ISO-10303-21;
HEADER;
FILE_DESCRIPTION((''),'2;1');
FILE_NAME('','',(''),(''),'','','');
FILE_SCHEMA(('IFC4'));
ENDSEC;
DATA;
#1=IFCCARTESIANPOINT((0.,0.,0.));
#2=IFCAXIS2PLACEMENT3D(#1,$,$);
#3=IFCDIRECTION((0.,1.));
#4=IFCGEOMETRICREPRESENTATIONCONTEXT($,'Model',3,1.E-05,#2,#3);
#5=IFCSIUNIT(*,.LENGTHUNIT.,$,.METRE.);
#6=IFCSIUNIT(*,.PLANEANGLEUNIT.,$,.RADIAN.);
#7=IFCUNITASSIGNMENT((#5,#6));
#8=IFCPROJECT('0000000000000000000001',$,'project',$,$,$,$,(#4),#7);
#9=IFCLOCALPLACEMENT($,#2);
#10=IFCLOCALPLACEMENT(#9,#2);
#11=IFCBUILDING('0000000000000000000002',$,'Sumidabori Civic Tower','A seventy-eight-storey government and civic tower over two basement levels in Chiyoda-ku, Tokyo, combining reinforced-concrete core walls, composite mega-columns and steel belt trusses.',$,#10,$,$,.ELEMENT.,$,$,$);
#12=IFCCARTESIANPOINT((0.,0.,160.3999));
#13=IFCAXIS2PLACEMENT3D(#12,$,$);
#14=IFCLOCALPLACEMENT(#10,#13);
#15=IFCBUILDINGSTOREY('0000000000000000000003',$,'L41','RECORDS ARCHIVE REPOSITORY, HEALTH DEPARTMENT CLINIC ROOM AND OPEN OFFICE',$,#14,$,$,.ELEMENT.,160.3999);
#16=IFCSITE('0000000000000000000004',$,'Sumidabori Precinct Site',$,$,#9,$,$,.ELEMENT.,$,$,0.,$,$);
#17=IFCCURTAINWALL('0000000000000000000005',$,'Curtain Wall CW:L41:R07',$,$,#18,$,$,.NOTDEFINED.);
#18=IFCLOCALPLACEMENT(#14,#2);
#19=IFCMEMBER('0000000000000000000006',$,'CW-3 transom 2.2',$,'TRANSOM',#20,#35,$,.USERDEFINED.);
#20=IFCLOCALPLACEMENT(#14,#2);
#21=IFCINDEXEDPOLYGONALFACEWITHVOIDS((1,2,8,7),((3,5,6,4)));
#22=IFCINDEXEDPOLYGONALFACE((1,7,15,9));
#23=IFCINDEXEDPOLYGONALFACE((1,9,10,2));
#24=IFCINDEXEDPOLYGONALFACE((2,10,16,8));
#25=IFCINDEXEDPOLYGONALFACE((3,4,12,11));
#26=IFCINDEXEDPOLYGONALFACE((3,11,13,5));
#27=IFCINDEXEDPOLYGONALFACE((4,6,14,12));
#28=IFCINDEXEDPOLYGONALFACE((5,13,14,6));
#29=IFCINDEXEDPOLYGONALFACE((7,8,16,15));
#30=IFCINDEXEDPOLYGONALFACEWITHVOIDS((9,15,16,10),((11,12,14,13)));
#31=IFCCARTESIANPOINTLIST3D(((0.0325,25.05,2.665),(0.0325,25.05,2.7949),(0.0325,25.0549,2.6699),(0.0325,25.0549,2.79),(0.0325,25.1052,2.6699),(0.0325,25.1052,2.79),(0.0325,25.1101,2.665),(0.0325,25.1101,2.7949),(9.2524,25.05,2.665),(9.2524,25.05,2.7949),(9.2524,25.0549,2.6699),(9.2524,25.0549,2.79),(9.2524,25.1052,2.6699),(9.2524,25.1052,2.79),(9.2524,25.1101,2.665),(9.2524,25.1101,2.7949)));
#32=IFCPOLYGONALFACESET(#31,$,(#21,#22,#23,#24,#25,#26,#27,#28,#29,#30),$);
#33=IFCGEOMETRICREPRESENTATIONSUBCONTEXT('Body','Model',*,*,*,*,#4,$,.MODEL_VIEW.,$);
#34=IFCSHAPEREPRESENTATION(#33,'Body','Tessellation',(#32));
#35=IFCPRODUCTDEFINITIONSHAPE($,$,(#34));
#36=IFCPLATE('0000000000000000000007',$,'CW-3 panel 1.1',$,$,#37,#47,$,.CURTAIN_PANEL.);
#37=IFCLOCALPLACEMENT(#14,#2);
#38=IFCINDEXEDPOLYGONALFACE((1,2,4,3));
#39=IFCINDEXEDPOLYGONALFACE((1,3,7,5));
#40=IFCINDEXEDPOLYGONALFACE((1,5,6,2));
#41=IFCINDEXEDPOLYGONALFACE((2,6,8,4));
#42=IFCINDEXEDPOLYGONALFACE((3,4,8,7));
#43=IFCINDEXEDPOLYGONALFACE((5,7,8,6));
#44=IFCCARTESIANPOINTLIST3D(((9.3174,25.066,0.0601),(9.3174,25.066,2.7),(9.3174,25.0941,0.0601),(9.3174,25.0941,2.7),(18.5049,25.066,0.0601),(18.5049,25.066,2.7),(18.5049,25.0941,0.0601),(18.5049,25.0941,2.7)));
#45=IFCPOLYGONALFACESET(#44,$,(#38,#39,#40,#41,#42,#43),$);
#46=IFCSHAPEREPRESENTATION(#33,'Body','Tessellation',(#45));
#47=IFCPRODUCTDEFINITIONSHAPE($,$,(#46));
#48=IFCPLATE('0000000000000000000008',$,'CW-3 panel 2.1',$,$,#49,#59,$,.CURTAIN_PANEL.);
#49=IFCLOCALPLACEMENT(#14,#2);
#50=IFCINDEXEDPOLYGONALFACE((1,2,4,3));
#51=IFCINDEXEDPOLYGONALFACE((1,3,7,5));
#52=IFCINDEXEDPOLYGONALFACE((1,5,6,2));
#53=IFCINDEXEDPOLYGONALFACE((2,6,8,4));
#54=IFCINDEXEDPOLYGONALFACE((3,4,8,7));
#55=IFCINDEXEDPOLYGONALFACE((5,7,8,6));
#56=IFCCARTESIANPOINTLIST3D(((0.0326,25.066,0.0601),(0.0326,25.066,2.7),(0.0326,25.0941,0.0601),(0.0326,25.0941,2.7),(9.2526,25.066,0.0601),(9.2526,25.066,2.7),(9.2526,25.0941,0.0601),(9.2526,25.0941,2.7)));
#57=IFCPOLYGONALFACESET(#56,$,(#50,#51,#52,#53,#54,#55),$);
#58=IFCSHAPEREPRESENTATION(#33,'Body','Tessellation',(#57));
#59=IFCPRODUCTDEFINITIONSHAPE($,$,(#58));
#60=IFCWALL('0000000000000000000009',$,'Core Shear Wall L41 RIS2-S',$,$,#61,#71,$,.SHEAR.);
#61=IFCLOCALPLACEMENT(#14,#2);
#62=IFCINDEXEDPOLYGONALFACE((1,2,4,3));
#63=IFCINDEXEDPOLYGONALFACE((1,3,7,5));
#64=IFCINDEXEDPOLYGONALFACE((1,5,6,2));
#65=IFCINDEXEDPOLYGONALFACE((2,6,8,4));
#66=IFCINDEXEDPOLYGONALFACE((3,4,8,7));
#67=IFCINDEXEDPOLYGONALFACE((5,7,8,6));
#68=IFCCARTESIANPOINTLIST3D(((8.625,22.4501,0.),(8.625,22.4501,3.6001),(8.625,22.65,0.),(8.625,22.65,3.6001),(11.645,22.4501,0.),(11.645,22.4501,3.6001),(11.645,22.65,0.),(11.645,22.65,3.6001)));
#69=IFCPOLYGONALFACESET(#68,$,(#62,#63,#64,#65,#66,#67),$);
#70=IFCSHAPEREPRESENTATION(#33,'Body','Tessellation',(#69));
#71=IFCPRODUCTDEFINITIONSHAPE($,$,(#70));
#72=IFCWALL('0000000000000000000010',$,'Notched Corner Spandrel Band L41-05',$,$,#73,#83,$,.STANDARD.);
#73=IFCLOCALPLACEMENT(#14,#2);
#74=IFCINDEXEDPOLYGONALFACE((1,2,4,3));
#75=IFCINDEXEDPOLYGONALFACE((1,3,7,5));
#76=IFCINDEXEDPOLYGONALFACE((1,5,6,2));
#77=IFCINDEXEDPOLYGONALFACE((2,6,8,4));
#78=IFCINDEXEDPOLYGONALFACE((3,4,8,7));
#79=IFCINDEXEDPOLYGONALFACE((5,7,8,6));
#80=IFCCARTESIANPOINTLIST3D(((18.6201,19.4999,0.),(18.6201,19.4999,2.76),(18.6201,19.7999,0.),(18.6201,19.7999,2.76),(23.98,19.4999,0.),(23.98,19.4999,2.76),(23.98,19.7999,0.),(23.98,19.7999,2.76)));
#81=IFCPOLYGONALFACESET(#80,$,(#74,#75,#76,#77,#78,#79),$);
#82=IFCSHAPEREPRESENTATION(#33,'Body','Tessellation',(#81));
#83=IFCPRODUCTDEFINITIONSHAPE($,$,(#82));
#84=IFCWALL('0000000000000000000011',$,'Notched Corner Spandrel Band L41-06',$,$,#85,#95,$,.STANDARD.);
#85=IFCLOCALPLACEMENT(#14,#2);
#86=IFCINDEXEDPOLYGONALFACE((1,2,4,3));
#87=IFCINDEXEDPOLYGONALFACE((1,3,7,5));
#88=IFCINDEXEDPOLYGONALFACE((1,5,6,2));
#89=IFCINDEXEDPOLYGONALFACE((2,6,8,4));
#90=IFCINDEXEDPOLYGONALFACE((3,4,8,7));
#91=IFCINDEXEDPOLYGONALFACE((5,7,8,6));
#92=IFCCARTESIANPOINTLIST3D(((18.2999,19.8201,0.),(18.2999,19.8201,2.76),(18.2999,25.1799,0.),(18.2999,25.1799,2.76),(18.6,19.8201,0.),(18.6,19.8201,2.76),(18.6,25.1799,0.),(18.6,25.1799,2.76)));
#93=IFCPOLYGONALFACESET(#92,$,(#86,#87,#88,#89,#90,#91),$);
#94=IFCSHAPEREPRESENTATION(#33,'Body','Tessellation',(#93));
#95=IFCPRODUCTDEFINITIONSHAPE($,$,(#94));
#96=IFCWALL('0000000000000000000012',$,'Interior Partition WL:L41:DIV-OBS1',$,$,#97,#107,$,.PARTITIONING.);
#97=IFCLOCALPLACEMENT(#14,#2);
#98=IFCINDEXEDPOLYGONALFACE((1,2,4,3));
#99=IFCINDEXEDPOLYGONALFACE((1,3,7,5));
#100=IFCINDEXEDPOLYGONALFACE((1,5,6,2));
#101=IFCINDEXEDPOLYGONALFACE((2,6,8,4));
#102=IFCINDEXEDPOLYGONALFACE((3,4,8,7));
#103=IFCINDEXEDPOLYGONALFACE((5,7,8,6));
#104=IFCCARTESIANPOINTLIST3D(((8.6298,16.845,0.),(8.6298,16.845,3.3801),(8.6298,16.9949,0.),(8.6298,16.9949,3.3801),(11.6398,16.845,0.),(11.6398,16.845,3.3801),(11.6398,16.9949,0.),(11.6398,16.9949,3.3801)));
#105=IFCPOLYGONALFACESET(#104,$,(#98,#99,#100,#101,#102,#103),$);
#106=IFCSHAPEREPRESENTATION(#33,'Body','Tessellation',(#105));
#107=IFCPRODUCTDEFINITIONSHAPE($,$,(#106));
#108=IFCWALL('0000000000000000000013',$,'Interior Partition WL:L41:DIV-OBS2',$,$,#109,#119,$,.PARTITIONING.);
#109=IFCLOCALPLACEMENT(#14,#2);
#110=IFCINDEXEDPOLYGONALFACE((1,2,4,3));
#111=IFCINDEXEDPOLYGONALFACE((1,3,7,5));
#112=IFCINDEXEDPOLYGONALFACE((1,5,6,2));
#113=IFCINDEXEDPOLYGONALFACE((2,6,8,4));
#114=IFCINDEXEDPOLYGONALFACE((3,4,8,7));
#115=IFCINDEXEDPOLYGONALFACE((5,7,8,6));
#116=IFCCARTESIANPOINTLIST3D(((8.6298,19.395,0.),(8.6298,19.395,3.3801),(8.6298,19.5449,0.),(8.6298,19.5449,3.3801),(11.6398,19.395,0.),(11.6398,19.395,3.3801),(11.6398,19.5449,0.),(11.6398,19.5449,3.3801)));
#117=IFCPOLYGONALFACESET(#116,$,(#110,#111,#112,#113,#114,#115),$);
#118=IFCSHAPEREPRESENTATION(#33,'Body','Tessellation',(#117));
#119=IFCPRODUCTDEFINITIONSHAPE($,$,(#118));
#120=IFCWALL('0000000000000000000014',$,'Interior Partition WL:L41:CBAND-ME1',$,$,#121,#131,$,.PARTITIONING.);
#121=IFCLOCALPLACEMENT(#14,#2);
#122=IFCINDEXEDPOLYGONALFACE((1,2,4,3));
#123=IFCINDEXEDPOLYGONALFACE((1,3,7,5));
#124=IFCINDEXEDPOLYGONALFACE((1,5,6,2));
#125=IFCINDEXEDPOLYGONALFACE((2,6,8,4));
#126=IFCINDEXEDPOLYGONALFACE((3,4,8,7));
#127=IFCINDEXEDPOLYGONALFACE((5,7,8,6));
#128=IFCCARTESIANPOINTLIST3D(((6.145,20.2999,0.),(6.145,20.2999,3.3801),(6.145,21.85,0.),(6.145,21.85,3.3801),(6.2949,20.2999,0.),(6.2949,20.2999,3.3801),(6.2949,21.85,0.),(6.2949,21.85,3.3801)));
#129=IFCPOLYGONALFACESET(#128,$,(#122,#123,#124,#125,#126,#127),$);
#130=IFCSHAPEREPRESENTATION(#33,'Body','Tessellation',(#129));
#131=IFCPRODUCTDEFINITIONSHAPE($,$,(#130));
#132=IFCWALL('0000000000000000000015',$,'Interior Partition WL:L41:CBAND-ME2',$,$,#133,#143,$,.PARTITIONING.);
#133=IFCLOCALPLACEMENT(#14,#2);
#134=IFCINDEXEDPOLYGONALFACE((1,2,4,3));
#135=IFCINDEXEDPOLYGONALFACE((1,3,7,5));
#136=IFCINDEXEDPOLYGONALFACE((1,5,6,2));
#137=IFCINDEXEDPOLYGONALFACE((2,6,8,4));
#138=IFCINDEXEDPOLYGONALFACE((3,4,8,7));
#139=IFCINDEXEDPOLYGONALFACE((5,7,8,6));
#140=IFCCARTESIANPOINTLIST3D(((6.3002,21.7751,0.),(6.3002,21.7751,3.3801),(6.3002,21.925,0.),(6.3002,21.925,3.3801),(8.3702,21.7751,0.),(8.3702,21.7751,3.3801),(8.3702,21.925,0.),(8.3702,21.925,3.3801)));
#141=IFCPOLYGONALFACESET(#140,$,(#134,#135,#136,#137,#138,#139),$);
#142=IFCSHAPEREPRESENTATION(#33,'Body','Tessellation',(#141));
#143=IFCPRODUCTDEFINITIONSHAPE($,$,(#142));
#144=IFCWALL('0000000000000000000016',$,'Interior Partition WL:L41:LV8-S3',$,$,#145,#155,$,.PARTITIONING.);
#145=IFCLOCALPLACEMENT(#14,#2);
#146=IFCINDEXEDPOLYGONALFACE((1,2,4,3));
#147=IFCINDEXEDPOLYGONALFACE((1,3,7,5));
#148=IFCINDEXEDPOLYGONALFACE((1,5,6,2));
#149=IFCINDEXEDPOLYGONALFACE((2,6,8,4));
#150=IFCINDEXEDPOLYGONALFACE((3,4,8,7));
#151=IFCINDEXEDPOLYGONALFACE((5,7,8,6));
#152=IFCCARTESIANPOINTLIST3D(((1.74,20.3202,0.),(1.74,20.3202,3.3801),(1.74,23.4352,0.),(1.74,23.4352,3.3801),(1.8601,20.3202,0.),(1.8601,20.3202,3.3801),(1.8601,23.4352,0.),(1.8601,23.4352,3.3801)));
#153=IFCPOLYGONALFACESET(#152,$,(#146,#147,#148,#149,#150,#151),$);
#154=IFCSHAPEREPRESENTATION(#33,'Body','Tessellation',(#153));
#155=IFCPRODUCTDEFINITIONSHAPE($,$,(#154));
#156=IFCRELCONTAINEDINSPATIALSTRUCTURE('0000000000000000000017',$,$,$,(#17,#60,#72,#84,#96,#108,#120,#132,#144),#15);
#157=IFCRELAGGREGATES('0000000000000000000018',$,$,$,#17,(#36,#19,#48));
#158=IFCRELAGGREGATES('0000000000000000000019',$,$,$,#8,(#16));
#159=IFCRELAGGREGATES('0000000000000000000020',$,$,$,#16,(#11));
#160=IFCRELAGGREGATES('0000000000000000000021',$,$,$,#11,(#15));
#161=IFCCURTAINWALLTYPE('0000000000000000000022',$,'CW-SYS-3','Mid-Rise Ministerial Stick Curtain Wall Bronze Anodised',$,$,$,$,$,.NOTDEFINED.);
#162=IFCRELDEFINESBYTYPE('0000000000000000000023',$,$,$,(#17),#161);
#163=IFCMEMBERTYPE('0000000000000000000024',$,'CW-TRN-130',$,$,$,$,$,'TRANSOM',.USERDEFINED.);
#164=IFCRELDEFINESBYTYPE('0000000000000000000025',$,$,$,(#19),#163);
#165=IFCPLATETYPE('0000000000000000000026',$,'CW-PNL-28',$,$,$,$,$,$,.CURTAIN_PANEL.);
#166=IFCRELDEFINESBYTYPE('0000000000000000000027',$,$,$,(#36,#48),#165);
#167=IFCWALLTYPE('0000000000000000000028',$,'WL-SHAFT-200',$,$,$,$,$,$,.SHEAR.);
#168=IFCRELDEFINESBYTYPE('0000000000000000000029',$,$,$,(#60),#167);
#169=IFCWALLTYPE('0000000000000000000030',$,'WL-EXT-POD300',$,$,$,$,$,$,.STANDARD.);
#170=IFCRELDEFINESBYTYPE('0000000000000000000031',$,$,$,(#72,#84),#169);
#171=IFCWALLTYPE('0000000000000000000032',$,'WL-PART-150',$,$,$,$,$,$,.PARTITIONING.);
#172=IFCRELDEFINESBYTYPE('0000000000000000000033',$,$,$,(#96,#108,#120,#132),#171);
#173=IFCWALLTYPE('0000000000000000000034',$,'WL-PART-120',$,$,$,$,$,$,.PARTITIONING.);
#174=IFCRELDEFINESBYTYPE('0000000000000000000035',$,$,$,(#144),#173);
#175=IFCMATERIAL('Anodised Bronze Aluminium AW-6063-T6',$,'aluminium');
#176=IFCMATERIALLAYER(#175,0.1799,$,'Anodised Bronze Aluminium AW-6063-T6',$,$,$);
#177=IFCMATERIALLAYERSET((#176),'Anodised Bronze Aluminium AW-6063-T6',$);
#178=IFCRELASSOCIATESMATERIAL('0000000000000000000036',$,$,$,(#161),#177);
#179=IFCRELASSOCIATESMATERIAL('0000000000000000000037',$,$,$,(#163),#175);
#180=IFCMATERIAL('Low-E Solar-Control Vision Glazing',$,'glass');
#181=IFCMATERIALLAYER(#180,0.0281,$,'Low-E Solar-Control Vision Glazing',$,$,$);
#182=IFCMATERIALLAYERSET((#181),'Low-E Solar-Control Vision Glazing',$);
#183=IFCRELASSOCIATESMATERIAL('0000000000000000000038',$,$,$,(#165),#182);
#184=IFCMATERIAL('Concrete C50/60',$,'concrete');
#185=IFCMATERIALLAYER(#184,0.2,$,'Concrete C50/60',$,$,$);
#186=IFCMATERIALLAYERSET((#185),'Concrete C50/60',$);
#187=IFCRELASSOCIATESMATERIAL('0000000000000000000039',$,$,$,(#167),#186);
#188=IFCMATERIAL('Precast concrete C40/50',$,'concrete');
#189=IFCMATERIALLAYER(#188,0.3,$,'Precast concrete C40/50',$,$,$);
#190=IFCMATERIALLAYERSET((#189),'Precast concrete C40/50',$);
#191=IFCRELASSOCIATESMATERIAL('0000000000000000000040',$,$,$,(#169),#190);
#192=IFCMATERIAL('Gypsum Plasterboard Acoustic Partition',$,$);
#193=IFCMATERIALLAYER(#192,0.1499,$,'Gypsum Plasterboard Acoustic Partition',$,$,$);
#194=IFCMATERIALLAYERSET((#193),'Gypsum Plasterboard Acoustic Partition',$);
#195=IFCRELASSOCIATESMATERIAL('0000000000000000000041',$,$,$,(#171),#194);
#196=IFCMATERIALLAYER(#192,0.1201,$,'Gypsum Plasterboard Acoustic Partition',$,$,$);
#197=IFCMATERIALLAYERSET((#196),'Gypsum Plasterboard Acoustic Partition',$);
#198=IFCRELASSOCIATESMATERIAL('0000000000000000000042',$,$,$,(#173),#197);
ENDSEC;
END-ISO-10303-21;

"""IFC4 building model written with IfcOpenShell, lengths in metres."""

from ifc_helpers import new_model, si_unit, direction, frame, frame_2d, origin, origin_2d, place, context, subcontext, project, spatial, rectangle, hollow_rectangle, extrude, source, transform, mapped, material, layer, layer_set, material_profile, profile_set, type_object, element, aggregate, save


model = new_model("IFC4")

# Units and contexts
model_context = context("Model", 3, precision=1e-05, world=origin(), true_north=direction((0.0, 1.0)))
body_context = subcontext(model_context, "Body", "Model", "MODEL_VIEW")
ifc_project = project(units=[si_unit("LENGTHUNIT", "METRE"), si_unit("PLANEANGLEUNIT", "RADIAN")], contexts=[model_context])

# Site, building, storey
site_placement = place(None, origin())
site = spatial("IfcSite", under=ifc_project, at=site_placement, Name="Sumidabori Precinct Site", CompositionType="ELEMENT", RefElevation=0.0)
building_placement = place(site_placement, origin())
building = spatial("IfcBuilding", under=site, at=building_placement, Name="Sumidabori Civic Tower", Description="A seventy-eight-storey government and civic tower over two basement levels in Chiyoda-ku, Tokyo, combining reinforced-concrete core walls, composite mega-columns and steel belt trusses.", CompositionType="ELEMENT")
storey_placement = place(building_placement, frame((0.0, 0.0, 160.3999)))
storey = spatial("IfcBuildingStorey", under=building, at=storey_placement, Name="L41", Description="RECORDS ARCHIVE REPOSITORY, HEALTH DEPARTMENT CLINIC ROOM AND OPEN OFFICE", CompositionType="ELEMENT", Elevation=160.3999)

# Shared definitions
ifc_material_1 = material(Name="Anodised Bronze Aluminium AW-6063-T6", Category="aluminium")
ifc_layer_1 = layer(ifc_material_1, 0.1799, Name="Anodised Bronze Aluminium AW-6063-T6")
ifc_layer_set_1 = layer_set([ifc_layer_1], Name="Anodised Bronze Aluminium AW-6063-T6")
curtain_wall_type = type_object("IfcCurtainWallType", Name="CW-SYS-3", Description="Mid-Rise Ministerial Stick Curtain Wall Bronze Anodised", PredefinedType="NOTDEFINED", material=ifc_layer_set_1)

# Curtain wall, member, plates
curtain_wall_1_placement = place(storey_placement, origin())
curtain_wall_1 = element("IfcCurtainWall", 1, at=curtain_wall_1_placement, inside=storey, type_object=curtain_wall_type, Name="Curtain Wall CW:L41:R07", PredefinedType="NOTDEFINED")
ifc_material_profile_1 = material_profile(ifc_material_1, hollow_rectangle(XDim=0.0601, YDim=0.1299, WallThickness=0.0049, at=origin_2d()), Name="ALU TRANSOM 130x60")
ifc_profile_set_1 = profile_set([ifc_material_profile_1], Name="Anodised Bronze Aluminium AW-6063-T6")
member_type_1 = type_object("IfcMemberType", Name="CW-TRN-130", ElementType="TRANSOM", PredefinedType="USERDEFINED", material=ifc_profile_set_1)
shared_shape_1 = source(origin(), body_context, "Body", "SweptSolid", [
    extrude(hollow_rectangle(XDim=0.0601, YDim=0.1299, WallThickness=0.0049, at=origin_2d()), origin(), (0.0, 0.0, 1.0), 9.22),
])
member_1_placement = place(storey_placement, frame((9.2524, 25.0801, 2.73), z_axis=(-1.0, 0.0, 0.0), x_axis=(0.0, -1.0, 0.0)))
member_1 = element("IfcMember", 2, at=member_1_placement, type_object=member_type_1, Name="CW-3 transom 2.2", ObjectType="TRANSOM", PredefinedType="USERDEFINED", context=body_context, shape_type="MappedRepresentation", body=[
    mapped(shared_shape_1, transform((0.0, 0.0, 0.0), x_axis=(1.0, 0.0, 0.0), y_axis=(0.0, 1.0, 0.0), z_axis=(0.0, 0.0, 1.0), scale=1.0)),
])
ifc_material_2 = material(Name="Low-E Solar-Control Vision Glazing", Category="glass")
ifc_layer_2 = layer(ifc_material_2, 0.0281, Name="Low-E Solar-Control Vision Glazing")
ifc_layer_set_2 = layer_set([ifc_layer_2], Name="Low-E Solar-Control Vision Glazing")
plate_type = type_object("IfcPlateType", Name="CW-PNL-28", PredefinedType="CURTAIN_PANEL", material=ifc_layer_set_2)
shared_shape_2 = source(origin(), body_context, "Body", "SweptSolid", [
    extrude(rectangle(XDim=9.1875, YDim=0.0281, at=origin_2d()), origin(), (0.0, 0.0, 1.0), 2.6399),
])
plate_1_placement = place(storey_placement, frame((13.9111, 25.0801, 0.0601), z_axis=(0.0, 0.0, 1.0), x_axis=(-1.0, 0.0, 0.0)))
plate_1 = element("IfcPlate", 3, at=plate_1_placement, type_object=plate_type, Name="CW-3 panel 1.1", PredefinedType="CURTAIN_PANEL", context=body_context, shape_type="MappedRepresentation", body=[
    mapped(shared_shape_2, transform((0.0, 0.0, 0.0), x_axis=(1.0, 0.0, 0.0), y_axis=(0.0, 1.0, 0.0), z_axis=(0.0, 0.0, 1.0), scale=1.0)),
])
shared_shape_3 = source(origin(), body_context, "Body", "SweptSolid", [
    extrude(rectangle(XDim=9.22, YDim=0.0281, at=origin_2d()), origin(), (0.0, 0.0, 1.0), 2.6399),
])
plate_2_placement = place(storey_placement, frame((4.6426, 25.0801, 0.0601), z_axis=(0.0, 0.0, 1.0), x_axis=(-1.0, 0.0, 0.0)))
plate_2 = element("IfcPlate", 4, at=plate_2_placement, type_object=plate_type, Name="CW-3 panel 2.1", PredefinedType="CURTAIN_PANEL", context=body_context, shape_type="MappedRepresentation", body=[
    mapped(shared_shape_3, transform((0.0, 0.0, 0.0), x_axis=(1.0, 0.0, 0.0), y_axis=(0.0, 1.0, 0.0), z_axis=(0.0, 0.0, 1.0), scale=1.0)),
])
aggregate(curtain_wall_1, [plate_1, member_1, plate_2])

# Walls
ifc_material_3 = material(Name="Concrete C50/60", Category="concrete")
ifc_layer_3 = layer(ifc_material_3, 0.2, Name="Concrete C50/60")
ifc_layer_set_3 = layer_set([ifc_layer_3], Name="Concrete C50/60")
wall_type_1 = type_object("IfcWallType", Name="WL-SHAFT-200", PredefinedType="SHEAR", material=ifc_layer_set_3)
shared_shape_4 = source(origin(), body_context, "Body", "SweptSolid", [
    extrude(rectangle(XDim=3.02, YDim=0.2, at=frame_2d((1.51, 0.0))), origin(), (0.0, 0.0, 1.0), 3.6001),
])
wall_1_placement = place(storey_placement, frame((8.625, 22.55, 0.0), z_axis=(0.0, 0.0, 1.0), x_axis=(1.0, 0.0, 0.0)))
element("IfcWall", 5, at=wall_1_placement, inside=storey, type_object=wall_type_1, Name="Core Shear Wall L41 RIS2-S", PredefinedType="SHEAR", context=body_context, shape_type="MappedRepresentation", body=[
    mapped(shared_shape_4, transform((0.0, 0.0, 0.0), x_axis=(1.0, 0.0, 0.0), y_axis=(0.0, 1.0, 0.0), z_axis=(0.0, 0.0, 1.0), scale=1.0)),
])
ifc_material_4 = material(Name="Precast concrete C40/50", Category="concrete")
ifc_layer_4 = layer(ifc_material_4, 0.3, Name="Precast concrete C40/50")
ifc_layer_set_4 = layer_set([ifc_layer_4], Name="Precast concrete C40/50")
wall_type_2 = type_object("IfcWallType", Name="WL-EXT-POD300", PredefinedType="STANDARD", material=ifc_layer_set_4)
shared_shape_5 = source(origin(), body_context, "Body", "SweptSolid", [
    extrude(rectangle(XDim=5.3599, YDim=0.3, at=frame_2d((2.6799, 0.0))), origin(), (0.0, 0.0, 1.0), 2.76),
])
for number, where, z_axis, x_axis, name in (
    (6, (23.98, 19.6499, 0.0), (0.0, 0.0, 1.0), (-1.0, 0.0, 0.0), "Notched Corner Spandrel Band L41-05"),
    (7, (18.45, 19.8201, 0.0), (0.0, 0.0, 1.0), (0.0, 1.0, 0.0), "Notched Corner Spandrel Band L41-06"),
):
    element("IfcWall", number, at=place(storey_placement, frame(where, z_axis=z_axis, x_axis=x_axis)), inside=storey, type_object=wall_type_2, Name=name, PredefinedType="STANDARD", context=body_context, shape_type="MappedRepresentation", body=[
        mapped(shared_shape_5, transform((0.0, 0.0, 0.0), x_axis=(1.0, 0.0, 0.0), y_axis=(0.0, 1.0, 0.0), z_axis=(0.0, 0.0, 1.0), scale=1.0)),
    ])
ifc_material_5 = material(Name="Gypsum Plasterboard Acoustic Partition")
ifc_layer_5 = layer(ifc_material_5, 0.1499, Name="Gypsum Plasterboard Acoustic Partition")
ifc_layer_set_5 = layer_set([ifc_layer_5], Name="Gypsum Plasterboard Acoustic Partition")
wall_type_3 = type_object("IfcWallType", Name="WL-PART-150", PredefinedType="PARTITIONING", material=ifc_layer_set_5)
shared_shape_6 = source(origin(), body_context, "Body", "SweptSolid", [
    extrude(rectangle(XDim=3.01, YDim=0.1499, at=frame_2d((1.5049, 0.0))), origin(), (0.0, 0.0, 1.0), 3.3801),
])
for number, where, z_axis, x_axis, name in (
    (8, (8.6299, 16.9199, 0.0), (0.0, 0.0, 1.0), (1.0, 0.0, 0.0), "Interior Partition WL:L41:DIV-OBS1"),
    (9, (8.6299, 19.47, 0.0), (0.0, 0.0, 1.0), (1.0, 0.0, 0.0), "Interior Partition WL:L41:DIV-OBS2"),
):
    element("IfcWall", number, at=place(storey_placement, frame(where, z_axis=z_axis, x_axis=x_axis)), inside=storey, type_object=wall_type_3, Name=name, PredefinedType="PARTITIONING", context=body_context, shape_type="MappedRepresentation", body=[
        mapped(shared_shape_6, transform((0.0, 0.0, 0.0), x_axis=(1.0, 0.0, 0.0), y_axis=(0.0, 1.0, 0.0), z_axis=(0.0, 0.0, 1.0), scale=1.0)),
    ])
shared_shape_7 = source(origin(), body_context, "Body", "SweptSolid", [
    extrude(rectangle(XDim=1.55, YDim=0.1499, at=frame_2d((0.7749, 0.0))), origin(), (0.0, 0.0, 1.0), 3.3801),
])
wall_2_placement = place(storey_placement, frame((6.22, 20.3, 0.0), z_axis=(0.0, 0.0, 1.0), x_axis=(0.0, 1.0, 0.0)))
element("IfcWall", 10, at=wall_2_placement, inside=storey, type_object=wall_type_3, Name="Interior Partition WL:L41:CBAND-ME1", PredefinedType="PARTITIONING", context=body_context, shape_type="MappedRepresentation", body=[
    mapped(shared_shape_7, transform((0.0, 0.0, 0.0), x_axis=(1.0, 0.0, 0.0), y_axis=(0.0, 1.0, 0.0), z_axis=(0.0, 0.0, 1.0), scale=1.0)),
])
shared_shape_8 = source(origin(), body_context, "Body", "SweptSolid", [
    extrude(rectangle(XDim=2.0701, YDim=0.1499, at=frame_2d((1.0352, 0.0))), origin(), (0.0, 0.0, 1.0), 3.3801),
])
wall_3_placement = place(storey_placement, frame((6.3, 21.8501, 0.0), z_axis=(0.0, 0.0, 1.0), x_axis=(1.0, 0.0, 0.0)))
element("IfcWall", 11, at=wall_3_placement, inside=storey, type_object=wall_type_3, Name="Interior Partition WL:L41:CBAND-ME2", PredefinedType="PARTITIONING", context=body_context, shape_type="MappedRepresentation", body=[
    mapped(shared_shape_8, transform((0.0, 0.0, 0.0), x_axis=(1.0, 0.0, 0.0), y_axis=(0.0, 1.0, 0.0), z_axis=(0.0, 0.0, 1.0), scale=1.0)),
])
ifc_layer_6 = layer(ifc_material_5, 0.1201, Name="Gypsum Plasterboard Acoustic Partition")
ifc_layer_set_6 = layer_set([ifc_layer_6], Name="Gypsum Plasterboard Acoustic Partition")
wall_type_4 = type_object("IfcWallType", Name="WL-PART-120", PredefinedType="PARTITIONING", material=ifc_layer_set_6)
shared_shape_9 = source(origin(), body_context, "Body", "SweptSolid", [
    extrude(rectangle(XDim=3.115, YDim=0.1201, at=frame_2d((1.5576, 0.0))), origin(), (0.0, 0.0, 1.0), 3.3801),
])
wall_4_placement = place(storey_placement, frame((1.8, 20.3201, 0.0), z_axis=(0.0, 0.0, 1.0), x_axis=(0.0, 1.0, 0.0)))
element("IfcWall", 12, at=wall_4_placement, inside=storey, type_object=wall_type_4, Name="Interior Partition WL:L41:LV8-S3", PredefinedType="PARTITIONING", context=body_context, shape_type="MappedRepresentation", body=[
    mapped(shared_shape_9, transform((0.0, 0.0, 0.0), x_axis=(1.0, 0.0, 0.0), y_axis=(0.0, 1.0, 0.0), z_axis=(0.0, 0.0, 1.0), scale=1.0)),
])

save(model, "model.ifc")
